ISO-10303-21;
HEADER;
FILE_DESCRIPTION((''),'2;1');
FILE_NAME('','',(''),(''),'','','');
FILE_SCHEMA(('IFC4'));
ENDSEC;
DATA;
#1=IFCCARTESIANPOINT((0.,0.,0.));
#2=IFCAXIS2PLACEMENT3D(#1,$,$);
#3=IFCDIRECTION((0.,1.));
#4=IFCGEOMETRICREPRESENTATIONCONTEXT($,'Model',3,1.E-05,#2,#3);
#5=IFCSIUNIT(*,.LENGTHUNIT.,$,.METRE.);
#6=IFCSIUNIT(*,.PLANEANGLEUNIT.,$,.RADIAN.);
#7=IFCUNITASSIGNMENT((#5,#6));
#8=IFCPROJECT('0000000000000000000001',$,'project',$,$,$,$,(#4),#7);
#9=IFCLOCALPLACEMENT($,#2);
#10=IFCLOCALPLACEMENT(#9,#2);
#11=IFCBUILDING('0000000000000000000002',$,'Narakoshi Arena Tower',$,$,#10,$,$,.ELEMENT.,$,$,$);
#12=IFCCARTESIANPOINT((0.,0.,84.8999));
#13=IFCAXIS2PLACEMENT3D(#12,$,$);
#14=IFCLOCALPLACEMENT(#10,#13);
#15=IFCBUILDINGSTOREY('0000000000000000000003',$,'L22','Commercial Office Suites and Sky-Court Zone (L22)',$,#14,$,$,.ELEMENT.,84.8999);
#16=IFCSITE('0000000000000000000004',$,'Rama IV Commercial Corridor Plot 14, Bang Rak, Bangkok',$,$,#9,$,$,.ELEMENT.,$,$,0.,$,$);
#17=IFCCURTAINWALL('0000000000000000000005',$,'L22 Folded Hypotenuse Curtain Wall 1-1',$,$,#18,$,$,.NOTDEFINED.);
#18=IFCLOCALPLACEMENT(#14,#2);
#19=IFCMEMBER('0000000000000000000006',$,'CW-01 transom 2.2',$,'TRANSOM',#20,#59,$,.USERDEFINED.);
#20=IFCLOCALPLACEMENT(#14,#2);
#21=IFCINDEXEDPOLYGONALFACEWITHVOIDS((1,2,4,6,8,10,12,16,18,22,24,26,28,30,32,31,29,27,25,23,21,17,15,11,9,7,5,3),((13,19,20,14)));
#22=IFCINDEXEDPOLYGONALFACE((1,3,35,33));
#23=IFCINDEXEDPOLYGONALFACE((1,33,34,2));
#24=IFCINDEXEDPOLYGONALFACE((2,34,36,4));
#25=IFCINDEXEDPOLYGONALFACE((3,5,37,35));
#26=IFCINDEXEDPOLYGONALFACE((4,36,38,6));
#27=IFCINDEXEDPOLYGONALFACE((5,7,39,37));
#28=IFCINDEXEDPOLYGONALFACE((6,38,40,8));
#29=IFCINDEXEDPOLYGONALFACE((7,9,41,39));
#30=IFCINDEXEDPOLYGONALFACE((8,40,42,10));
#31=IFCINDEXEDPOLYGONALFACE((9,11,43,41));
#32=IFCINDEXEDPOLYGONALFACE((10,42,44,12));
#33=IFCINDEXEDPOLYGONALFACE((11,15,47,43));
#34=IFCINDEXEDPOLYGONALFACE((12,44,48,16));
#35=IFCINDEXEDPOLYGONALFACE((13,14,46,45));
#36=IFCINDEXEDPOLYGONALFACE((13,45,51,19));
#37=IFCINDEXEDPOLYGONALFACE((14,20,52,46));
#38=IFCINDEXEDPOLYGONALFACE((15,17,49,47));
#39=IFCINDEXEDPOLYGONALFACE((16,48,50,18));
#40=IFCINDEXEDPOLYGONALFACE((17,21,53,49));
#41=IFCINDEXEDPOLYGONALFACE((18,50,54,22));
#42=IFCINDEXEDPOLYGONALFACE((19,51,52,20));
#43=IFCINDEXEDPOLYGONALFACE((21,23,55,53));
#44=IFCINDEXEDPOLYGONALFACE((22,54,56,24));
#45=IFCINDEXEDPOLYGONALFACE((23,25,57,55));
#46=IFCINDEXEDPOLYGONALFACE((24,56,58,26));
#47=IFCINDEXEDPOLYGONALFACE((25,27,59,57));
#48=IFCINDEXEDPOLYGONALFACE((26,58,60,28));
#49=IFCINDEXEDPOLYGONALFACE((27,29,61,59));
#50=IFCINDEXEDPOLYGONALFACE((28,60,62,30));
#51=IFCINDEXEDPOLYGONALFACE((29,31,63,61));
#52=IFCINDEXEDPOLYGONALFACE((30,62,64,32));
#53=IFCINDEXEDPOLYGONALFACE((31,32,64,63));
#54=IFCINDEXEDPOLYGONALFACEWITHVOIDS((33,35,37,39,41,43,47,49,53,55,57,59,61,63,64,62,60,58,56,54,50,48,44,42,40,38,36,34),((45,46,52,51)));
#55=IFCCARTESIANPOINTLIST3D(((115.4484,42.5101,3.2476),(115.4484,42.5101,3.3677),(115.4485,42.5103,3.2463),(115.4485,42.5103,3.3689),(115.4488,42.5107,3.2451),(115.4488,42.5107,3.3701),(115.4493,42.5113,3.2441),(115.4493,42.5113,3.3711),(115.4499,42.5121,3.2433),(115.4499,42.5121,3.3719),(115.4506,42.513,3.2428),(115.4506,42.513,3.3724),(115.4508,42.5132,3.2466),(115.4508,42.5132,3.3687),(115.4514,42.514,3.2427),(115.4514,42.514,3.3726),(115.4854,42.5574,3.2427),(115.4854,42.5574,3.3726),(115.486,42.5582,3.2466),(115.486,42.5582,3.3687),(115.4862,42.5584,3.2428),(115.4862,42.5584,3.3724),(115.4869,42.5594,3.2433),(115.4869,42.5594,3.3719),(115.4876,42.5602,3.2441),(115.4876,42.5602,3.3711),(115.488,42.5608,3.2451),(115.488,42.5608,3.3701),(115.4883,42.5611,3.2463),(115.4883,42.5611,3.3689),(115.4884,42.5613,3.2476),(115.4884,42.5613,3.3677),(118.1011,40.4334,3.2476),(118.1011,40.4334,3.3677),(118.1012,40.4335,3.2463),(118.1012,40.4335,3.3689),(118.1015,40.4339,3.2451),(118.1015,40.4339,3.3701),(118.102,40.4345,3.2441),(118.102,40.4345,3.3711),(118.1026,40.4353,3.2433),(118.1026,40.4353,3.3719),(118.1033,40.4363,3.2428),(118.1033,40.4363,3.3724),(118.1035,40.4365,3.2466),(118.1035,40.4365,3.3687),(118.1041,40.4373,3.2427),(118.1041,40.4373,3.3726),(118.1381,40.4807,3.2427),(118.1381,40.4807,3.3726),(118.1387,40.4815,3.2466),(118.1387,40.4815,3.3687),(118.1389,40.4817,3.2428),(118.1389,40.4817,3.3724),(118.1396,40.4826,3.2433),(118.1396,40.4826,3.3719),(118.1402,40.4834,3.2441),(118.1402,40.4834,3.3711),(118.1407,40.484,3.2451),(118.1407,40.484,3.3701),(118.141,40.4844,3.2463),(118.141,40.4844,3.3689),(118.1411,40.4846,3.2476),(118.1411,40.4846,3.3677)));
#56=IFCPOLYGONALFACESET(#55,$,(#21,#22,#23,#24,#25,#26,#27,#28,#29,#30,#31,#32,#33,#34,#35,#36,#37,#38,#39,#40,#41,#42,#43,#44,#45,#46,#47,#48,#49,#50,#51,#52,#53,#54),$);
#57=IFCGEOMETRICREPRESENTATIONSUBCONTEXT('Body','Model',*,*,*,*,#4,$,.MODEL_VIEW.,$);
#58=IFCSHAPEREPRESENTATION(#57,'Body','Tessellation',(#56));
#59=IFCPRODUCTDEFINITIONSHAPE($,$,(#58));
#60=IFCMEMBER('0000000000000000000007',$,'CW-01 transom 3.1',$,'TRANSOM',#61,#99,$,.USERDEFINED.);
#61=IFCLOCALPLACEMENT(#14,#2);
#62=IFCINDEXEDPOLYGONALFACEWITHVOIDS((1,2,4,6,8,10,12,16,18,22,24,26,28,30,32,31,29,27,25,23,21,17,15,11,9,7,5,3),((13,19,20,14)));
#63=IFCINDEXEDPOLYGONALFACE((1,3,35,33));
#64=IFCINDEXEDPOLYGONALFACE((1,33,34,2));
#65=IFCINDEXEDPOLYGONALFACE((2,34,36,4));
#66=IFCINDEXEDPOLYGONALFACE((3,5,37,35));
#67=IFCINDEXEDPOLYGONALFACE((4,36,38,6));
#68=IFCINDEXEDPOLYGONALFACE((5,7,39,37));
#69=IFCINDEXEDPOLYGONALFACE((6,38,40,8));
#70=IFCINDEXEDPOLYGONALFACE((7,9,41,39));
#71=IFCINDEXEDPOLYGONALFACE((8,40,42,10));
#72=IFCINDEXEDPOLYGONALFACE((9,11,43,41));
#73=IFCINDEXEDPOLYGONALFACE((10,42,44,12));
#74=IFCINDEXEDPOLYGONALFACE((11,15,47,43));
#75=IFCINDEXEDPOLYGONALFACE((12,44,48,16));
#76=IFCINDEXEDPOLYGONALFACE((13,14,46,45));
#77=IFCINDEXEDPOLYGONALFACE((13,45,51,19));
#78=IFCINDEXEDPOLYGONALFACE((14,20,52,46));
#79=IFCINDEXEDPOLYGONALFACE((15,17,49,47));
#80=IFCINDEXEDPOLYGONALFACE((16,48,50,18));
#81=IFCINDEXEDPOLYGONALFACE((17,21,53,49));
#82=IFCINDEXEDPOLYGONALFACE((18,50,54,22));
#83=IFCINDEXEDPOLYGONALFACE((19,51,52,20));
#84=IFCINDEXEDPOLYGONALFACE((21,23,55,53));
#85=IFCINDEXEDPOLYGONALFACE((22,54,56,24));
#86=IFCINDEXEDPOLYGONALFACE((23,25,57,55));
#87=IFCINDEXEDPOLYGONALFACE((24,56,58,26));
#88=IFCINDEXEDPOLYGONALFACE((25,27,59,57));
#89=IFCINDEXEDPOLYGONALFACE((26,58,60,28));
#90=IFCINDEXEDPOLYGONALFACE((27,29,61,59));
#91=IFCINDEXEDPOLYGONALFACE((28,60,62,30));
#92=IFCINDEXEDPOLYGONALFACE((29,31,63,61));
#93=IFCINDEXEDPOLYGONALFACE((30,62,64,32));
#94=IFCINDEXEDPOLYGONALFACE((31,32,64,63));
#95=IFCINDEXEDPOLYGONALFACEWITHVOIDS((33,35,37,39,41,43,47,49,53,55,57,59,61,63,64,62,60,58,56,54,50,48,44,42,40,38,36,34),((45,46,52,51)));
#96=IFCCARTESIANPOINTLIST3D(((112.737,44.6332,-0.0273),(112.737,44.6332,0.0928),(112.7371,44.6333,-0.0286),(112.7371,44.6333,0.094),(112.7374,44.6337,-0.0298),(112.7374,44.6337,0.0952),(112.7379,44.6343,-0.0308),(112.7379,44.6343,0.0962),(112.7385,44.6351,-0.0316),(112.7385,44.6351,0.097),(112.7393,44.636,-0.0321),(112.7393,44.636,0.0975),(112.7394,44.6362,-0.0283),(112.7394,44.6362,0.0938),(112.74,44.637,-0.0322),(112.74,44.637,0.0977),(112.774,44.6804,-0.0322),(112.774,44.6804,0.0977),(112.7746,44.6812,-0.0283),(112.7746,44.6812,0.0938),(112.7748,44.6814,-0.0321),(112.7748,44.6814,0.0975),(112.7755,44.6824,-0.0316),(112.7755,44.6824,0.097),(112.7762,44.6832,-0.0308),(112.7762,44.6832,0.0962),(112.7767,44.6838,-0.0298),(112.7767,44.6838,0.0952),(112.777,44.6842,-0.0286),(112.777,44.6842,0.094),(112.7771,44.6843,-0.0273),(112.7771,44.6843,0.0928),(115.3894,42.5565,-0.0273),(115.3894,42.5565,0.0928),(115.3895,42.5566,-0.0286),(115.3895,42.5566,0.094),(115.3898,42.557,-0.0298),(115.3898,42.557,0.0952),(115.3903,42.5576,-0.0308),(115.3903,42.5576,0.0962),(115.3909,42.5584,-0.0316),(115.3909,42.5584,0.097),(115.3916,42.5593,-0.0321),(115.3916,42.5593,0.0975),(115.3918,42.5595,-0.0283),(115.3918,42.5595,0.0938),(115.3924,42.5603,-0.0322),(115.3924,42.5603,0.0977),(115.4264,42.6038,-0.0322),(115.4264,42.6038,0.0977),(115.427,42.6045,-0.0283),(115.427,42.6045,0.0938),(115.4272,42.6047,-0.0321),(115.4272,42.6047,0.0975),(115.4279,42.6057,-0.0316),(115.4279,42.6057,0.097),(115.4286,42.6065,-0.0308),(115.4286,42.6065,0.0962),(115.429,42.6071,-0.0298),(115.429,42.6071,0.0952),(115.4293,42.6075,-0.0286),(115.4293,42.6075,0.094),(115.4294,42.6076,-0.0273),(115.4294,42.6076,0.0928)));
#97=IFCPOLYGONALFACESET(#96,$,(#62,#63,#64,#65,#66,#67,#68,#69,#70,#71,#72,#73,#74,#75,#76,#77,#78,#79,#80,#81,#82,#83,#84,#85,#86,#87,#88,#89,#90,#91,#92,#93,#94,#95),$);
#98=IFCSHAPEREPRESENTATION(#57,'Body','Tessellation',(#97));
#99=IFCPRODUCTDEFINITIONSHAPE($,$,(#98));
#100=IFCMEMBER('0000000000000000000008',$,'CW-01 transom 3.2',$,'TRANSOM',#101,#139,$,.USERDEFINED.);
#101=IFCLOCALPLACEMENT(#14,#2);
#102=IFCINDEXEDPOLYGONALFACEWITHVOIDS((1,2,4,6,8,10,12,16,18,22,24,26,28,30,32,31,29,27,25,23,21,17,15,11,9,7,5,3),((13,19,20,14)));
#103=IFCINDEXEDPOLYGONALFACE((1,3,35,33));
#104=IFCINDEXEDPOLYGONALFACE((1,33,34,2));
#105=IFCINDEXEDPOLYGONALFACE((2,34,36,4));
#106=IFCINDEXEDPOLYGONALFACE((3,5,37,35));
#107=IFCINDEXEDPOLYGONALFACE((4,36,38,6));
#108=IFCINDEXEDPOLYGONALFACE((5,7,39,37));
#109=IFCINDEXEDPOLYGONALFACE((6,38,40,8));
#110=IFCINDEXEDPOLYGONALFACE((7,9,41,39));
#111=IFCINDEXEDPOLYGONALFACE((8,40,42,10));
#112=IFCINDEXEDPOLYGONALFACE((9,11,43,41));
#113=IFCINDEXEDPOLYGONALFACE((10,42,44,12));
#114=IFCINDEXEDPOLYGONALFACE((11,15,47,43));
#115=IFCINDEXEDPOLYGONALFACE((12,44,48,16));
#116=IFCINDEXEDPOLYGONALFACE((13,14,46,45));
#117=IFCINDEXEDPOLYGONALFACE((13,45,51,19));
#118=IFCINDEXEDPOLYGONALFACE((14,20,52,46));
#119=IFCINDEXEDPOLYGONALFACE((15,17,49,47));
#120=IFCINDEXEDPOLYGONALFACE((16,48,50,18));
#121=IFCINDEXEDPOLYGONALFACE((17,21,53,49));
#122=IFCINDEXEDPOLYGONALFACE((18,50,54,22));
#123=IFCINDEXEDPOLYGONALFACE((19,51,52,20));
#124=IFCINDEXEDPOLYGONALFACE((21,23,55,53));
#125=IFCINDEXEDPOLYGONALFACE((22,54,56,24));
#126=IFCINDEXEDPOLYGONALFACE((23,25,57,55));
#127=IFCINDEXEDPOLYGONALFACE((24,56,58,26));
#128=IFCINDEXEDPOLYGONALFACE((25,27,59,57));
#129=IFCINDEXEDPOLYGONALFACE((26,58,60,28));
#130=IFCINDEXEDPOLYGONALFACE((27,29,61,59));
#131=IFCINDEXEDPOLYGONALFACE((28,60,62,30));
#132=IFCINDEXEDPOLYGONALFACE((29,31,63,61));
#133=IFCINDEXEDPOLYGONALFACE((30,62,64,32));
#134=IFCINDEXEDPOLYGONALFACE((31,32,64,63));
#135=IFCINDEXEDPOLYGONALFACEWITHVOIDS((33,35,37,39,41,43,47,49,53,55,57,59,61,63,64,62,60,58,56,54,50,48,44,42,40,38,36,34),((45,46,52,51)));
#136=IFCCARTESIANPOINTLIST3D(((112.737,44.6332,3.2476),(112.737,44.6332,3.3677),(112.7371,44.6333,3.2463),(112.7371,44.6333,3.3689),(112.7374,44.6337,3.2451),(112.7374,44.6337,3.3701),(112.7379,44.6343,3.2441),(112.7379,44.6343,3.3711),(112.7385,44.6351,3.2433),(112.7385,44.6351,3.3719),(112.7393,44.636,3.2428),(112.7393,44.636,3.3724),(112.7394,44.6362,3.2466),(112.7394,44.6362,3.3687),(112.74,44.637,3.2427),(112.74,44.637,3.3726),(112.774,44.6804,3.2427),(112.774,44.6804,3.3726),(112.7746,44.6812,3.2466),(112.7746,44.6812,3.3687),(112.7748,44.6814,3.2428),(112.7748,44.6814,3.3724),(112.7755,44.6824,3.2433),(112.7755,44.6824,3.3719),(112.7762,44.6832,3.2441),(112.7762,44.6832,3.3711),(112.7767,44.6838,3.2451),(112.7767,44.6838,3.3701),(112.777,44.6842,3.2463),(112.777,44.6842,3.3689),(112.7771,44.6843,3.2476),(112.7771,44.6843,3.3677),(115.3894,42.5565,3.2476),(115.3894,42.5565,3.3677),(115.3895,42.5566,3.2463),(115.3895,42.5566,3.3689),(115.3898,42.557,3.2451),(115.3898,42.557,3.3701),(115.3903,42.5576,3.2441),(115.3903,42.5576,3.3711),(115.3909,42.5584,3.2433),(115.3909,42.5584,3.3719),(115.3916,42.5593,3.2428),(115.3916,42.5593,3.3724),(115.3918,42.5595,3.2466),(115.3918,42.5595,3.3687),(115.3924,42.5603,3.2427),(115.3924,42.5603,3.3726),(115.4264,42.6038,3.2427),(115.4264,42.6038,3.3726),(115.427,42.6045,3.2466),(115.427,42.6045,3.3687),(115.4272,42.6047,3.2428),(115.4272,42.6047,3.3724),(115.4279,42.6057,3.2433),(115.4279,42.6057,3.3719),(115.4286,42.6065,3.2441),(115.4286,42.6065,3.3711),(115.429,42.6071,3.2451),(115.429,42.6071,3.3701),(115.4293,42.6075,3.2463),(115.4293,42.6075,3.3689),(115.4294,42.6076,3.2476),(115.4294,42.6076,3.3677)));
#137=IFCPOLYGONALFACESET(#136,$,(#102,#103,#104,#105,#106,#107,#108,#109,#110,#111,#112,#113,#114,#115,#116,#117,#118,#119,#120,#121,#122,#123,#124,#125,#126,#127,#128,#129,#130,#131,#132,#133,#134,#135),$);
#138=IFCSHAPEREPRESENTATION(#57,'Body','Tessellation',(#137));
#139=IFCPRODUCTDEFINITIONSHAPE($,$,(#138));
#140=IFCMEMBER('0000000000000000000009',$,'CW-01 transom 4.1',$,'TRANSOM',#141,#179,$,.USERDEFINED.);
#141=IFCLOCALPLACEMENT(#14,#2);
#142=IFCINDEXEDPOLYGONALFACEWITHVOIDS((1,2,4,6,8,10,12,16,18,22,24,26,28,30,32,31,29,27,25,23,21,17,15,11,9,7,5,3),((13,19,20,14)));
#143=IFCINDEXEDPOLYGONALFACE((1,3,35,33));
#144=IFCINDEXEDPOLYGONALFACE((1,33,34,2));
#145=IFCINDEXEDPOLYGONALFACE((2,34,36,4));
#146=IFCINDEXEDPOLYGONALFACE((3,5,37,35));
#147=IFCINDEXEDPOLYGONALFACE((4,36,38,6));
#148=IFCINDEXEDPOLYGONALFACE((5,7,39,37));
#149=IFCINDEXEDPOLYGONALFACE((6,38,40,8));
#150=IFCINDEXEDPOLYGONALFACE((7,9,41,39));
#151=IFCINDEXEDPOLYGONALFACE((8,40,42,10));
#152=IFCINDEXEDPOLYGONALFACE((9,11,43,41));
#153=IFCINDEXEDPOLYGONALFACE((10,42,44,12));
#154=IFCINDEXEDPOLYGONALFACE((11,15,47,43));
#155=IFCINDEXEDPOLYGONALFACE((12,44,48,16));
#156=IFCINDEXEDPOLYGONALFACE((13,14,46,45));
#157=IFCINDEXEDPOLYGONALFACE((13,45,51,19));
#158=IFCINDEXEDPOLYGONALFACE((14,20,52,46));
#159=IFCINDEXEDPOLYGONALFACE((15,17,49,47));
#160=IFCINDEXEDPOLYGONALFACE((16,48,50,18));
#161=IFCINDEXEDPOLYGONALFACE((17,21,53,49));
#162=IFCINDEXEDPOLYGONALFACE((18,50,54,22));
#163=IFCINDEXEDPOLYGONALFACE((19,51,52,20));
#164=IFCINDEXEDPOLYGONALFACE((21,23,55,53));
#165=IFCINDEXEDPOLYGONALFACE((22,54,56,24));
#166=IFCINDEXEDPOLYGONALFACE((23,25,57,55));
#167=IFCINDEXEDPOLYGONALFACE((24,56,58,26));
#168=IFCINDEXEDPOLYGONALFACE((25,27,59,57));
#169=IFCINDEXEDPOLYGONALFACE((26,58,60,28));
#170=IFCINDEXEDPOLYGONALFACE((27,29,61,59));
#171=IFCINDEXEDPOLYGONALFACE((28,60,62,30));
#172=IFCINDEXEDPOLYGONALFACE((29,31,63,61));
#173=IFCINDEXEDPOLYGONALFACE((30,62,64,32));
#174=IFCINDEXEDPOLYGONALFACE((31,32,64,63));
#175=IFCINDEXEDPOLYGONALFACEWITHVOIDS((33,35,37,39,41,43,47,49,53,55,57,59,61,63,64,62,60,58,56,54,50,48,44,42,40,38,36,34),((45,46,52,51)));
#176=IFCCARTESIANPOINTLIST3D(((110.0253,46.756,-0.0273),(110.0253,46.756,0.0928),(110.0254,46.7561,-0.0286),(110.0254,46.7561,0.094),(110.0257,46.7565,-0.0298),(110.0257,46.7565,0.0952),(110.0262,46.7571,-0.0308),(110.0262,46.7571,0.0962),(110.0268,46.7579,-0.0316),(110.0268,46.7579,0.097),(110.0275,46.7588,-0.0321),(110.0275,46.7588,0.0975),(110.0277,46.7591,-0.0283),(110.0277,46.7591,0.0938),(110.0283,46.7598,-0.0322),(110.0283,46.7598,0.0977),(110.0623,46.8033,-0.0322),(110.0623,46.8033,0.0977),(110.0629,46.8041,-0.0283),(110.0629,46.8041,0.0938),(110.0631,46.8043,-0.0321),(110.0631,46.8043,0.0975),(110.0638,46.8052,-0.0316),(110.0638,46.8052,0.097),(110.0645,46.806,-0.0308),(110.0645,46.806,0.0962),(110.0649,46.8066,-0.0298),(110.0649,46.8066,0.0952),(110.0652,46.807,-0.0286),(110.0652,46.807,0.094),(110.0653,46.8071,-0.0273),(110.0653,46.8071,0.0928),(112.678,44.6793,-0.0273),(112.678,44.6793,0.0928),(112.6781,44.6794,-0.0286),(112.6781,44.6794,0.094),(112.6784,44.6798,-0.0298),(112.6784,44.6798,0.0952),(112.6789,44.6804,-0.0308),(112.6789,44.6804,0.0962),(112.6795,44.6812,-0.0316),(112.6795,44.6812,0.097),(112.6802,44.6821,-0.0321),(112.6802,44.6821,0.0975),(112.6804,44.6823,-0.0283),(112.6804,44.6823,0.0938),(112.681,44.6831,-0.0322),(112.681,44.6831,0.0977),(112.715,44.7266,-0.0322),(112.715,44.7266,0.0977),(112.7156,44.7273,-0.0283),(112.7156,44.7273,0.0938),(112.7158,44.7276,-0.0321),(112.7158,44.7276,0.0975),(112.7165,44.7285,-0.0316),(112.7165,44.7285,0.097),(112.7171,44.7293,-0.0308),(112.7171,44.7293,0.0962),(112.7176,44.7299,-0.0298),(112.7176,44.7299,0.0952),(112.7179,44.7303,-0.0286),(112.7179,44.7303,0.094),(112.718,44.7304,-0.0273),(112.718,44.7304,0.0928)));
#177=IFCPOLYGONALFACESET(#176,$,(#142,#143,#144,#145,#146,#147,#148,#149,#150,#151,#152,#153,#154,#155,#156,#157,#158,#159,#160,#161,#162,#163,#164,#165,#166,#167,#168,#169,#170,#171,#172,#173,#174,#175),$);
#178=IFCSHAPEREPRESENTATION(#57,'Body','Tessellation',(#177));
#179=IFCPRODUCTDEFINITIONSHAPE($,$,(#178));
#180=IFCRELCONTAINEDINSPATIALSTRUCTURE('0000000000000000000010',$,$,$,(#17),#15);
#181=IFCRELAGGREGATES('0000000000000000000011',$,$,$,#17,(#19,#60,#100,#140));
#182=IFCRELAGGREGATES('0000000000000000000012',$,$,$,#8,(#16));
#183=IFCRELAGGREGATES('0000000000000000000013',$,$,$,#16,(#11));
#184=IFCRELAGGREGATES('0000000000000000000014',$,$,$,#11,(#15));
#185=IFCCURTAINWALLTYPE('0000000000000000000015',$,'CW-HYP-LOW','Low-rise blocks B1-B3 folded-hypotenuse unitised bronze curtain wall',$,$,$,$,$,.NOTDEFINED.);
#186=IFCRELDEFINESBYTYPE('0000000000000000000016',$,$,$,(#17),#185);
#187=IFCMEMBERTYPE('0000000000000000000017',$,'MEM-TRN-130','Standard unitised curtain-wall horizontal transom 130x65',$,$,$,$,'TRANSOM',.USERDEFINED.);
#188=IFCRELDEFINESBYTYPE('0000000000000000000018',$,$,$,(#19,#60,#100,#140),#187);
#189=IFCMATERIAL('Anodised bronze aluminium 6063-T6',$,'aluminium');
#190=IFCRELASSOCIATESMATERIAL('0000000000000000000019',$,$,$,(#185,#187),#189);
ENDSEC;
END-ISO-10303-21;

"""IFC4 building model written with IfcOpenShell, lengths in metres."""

from ifc_helpers import new_model, si_unit, direction, frame, origin, origin_2d, place, context, subcontext, project, spatial, hollow_rectangle, extrude, material, material_profile, profile_set, type_object, element, aggregate, save


model = new_model("IFC4")

# Units and contexts
model_context = context("Model", 3, precision=1e-05, world=origin(), true_north=direction((0.0, 1.0)))
body_context = subcontext(model_context, "Body", "Model", "MODEL_VIEW")
ifc_project = project(units=[si_unit("LENGTHUNIT", "METRE"), si_unit("PLANEANGLEUNIT", "RADIAN")], contexts=[model_context])

# Site, building, storey
site_placement = place(None, origin())
site = spatial("IfcSite", under=ifc_project, at=site_placement, Name="Rama IV Commercial Corridor Plot 14, Bang Rak, Bangkok", CompositionType="ELEMENT", RefElevation=0.0)
building_placement = place(site_placement, origin())
building = spatial("IfcBuilding", under=site, at=building_placement, Name="Narakoshi Arena Tower", CompositionType="ELEMENT")
storey_placement = place(building_placement, frame((0.0, 0.0, 84.8999)))
storey = spatial("IfcBuildingStorey", under=building, at=storey_placement, Name="L22", Description="Commercial Office Suites and Sky-Court Zone (L22)", CompositionType="ELEMENT", Elevation=84.8999)

# Curtain wall, members
ifc_material_1 = material(Name="Anodised bronze aluminium 6063-T6", Category="aluminium")
curtain_wall_type = type_object("IfcCurtainWallType", Name="CW-HYP-LOW", Description="Low-rise blocks B1-B3 folded-hypotenuse unitised bronze curtain wall", PredefinedType="NOTDEFINED", material=ifc_material_1)
curtain_wall_placement = place(storey_placement, origin())
curtain_wall = element("IfcCurtainWall", 1, at=curtain_wall_placement, inside=storey, type_object=curtain_wall_type, Name="L22 Folded Hypotenuse Curtain Wall 1-1", PredefinedType="NOTDEFINED")
ifc_material_profile_1 = material_profile(ifc_material_1, hollow_rectangle(XDim=0.0649, YDim=0.1299, WallThickness=0.0039, OuterFilletRadius=0.0049, at=origin_2d()), Name="TRN130x65x4")
ifc_profile_set_1 = profile_set([ifc_material_profile_1], Name="Anodised bronze aluminium 6063-T6")
member_type_1 = type_object("IfcMemberType", Name="MEM-TRN-130", Description="Standard unitised curtain-wall horizontal transom 130x65", ElementType="TRANSOM", PredefinedType="USERDEFINED", material=ifc_profile_set_1)
member_1_placement = place(storey_placement, frame((118.1211, 40.459, 3.3076), z_axis=(-0.787401, 0.616441, 0.0), x_axis=(-0.616441, -0.787401, 0.0)))
member_1 = element("IfcMember", 2, at=member_1_placement, type_object=member_type_1, Name="CW-01 transom 2.2", ObjectType="TRANSOM", PredefinedType="USERDEFINED", context=body_context, shape_type="SweptSolid", body=[
    extrude(hollow_rectangle(XDim=0.0649, YDim=0.1299, WallThickness=0.0039, OuterFilletRadius=0.0049, at=origin_2d()), origin(), (0.0, 0.0, 1.0), 3.3689),
])
member_2_placement = place(storey_placement, frame((115.4094, 42.582, 0.0327), z_axis=(-0.787373, 0.616476, 0.0), x_axis=(-0.616476, -0.787373, 0.0)))
member_2 = element("IfcMember", 3, at=member_2_placement, type_object=member_type_1, Name="CW-01 transom 3.1", ObjectType="TRANSOM", PredefinedType="USERDEFINED", context=body_context, shape_type="SweptSolid", body=[
    extrude(hollow_rectangle(XDim=0.0649, YDim=0.1299, WallThickness=0.0039, OuterFilletRadius=0.0049, at=origin_2d()), origin(), (0.0, 0.0, 1.0), 3.3687),
])
member_3_placement = place(storey_placement, frame((115.4094, 42.582, 3.3076), z_axis=(-0.787373, 0.616476, 0.0), x_axis=(-0.616476, -0.787373, 0.0)))
member_3 = element("IfcMember", 4, at=member_3_placement, type_object=member_type_1, Name="CW-01 transom 3.2", ObjectType="TRANSOM", PredefinedType="USERDEFINED", context=body_context, shape_type="SweptSolid", body=[
    extrude(hollow_rectangle(XDim=0.0649, YDim=0.1299, WallThickness=0.0039, OuterFilletRadius=0.0049, at=origin_2d()), origin(), (0.0, 0.0, 1.0), 3.3687),
])
member_4_placement = place(storey_placement, frame((112.698, 44.7048, 0.0327), z_axis=(-0.787401, 0.616441, 0.0), x_axis=(-0.616441, -0.787401, 0.0)))
member_4 = element("IfcMember", 5, at=member_4_placement, type_object=member_type_1, Name="CW-01 transom 4.1", ObjectType="TRANSOM", PredefinedType="USERDEFINED", context=body_context, shape_type="SweptSolid", body=[
    extrude(hollow_rectangle(XDim=0.0649, YDim=0.1299, WallThickness=0.0039, OuterFilletRadius=0.0049, at=origin_2d()), origin(), (0.0, 0.0, 1.0), 3.3689),
])
aggregate(curtain_wall, [member_1, member_2, member_3, member_4])

save(model, "model.ifc")
